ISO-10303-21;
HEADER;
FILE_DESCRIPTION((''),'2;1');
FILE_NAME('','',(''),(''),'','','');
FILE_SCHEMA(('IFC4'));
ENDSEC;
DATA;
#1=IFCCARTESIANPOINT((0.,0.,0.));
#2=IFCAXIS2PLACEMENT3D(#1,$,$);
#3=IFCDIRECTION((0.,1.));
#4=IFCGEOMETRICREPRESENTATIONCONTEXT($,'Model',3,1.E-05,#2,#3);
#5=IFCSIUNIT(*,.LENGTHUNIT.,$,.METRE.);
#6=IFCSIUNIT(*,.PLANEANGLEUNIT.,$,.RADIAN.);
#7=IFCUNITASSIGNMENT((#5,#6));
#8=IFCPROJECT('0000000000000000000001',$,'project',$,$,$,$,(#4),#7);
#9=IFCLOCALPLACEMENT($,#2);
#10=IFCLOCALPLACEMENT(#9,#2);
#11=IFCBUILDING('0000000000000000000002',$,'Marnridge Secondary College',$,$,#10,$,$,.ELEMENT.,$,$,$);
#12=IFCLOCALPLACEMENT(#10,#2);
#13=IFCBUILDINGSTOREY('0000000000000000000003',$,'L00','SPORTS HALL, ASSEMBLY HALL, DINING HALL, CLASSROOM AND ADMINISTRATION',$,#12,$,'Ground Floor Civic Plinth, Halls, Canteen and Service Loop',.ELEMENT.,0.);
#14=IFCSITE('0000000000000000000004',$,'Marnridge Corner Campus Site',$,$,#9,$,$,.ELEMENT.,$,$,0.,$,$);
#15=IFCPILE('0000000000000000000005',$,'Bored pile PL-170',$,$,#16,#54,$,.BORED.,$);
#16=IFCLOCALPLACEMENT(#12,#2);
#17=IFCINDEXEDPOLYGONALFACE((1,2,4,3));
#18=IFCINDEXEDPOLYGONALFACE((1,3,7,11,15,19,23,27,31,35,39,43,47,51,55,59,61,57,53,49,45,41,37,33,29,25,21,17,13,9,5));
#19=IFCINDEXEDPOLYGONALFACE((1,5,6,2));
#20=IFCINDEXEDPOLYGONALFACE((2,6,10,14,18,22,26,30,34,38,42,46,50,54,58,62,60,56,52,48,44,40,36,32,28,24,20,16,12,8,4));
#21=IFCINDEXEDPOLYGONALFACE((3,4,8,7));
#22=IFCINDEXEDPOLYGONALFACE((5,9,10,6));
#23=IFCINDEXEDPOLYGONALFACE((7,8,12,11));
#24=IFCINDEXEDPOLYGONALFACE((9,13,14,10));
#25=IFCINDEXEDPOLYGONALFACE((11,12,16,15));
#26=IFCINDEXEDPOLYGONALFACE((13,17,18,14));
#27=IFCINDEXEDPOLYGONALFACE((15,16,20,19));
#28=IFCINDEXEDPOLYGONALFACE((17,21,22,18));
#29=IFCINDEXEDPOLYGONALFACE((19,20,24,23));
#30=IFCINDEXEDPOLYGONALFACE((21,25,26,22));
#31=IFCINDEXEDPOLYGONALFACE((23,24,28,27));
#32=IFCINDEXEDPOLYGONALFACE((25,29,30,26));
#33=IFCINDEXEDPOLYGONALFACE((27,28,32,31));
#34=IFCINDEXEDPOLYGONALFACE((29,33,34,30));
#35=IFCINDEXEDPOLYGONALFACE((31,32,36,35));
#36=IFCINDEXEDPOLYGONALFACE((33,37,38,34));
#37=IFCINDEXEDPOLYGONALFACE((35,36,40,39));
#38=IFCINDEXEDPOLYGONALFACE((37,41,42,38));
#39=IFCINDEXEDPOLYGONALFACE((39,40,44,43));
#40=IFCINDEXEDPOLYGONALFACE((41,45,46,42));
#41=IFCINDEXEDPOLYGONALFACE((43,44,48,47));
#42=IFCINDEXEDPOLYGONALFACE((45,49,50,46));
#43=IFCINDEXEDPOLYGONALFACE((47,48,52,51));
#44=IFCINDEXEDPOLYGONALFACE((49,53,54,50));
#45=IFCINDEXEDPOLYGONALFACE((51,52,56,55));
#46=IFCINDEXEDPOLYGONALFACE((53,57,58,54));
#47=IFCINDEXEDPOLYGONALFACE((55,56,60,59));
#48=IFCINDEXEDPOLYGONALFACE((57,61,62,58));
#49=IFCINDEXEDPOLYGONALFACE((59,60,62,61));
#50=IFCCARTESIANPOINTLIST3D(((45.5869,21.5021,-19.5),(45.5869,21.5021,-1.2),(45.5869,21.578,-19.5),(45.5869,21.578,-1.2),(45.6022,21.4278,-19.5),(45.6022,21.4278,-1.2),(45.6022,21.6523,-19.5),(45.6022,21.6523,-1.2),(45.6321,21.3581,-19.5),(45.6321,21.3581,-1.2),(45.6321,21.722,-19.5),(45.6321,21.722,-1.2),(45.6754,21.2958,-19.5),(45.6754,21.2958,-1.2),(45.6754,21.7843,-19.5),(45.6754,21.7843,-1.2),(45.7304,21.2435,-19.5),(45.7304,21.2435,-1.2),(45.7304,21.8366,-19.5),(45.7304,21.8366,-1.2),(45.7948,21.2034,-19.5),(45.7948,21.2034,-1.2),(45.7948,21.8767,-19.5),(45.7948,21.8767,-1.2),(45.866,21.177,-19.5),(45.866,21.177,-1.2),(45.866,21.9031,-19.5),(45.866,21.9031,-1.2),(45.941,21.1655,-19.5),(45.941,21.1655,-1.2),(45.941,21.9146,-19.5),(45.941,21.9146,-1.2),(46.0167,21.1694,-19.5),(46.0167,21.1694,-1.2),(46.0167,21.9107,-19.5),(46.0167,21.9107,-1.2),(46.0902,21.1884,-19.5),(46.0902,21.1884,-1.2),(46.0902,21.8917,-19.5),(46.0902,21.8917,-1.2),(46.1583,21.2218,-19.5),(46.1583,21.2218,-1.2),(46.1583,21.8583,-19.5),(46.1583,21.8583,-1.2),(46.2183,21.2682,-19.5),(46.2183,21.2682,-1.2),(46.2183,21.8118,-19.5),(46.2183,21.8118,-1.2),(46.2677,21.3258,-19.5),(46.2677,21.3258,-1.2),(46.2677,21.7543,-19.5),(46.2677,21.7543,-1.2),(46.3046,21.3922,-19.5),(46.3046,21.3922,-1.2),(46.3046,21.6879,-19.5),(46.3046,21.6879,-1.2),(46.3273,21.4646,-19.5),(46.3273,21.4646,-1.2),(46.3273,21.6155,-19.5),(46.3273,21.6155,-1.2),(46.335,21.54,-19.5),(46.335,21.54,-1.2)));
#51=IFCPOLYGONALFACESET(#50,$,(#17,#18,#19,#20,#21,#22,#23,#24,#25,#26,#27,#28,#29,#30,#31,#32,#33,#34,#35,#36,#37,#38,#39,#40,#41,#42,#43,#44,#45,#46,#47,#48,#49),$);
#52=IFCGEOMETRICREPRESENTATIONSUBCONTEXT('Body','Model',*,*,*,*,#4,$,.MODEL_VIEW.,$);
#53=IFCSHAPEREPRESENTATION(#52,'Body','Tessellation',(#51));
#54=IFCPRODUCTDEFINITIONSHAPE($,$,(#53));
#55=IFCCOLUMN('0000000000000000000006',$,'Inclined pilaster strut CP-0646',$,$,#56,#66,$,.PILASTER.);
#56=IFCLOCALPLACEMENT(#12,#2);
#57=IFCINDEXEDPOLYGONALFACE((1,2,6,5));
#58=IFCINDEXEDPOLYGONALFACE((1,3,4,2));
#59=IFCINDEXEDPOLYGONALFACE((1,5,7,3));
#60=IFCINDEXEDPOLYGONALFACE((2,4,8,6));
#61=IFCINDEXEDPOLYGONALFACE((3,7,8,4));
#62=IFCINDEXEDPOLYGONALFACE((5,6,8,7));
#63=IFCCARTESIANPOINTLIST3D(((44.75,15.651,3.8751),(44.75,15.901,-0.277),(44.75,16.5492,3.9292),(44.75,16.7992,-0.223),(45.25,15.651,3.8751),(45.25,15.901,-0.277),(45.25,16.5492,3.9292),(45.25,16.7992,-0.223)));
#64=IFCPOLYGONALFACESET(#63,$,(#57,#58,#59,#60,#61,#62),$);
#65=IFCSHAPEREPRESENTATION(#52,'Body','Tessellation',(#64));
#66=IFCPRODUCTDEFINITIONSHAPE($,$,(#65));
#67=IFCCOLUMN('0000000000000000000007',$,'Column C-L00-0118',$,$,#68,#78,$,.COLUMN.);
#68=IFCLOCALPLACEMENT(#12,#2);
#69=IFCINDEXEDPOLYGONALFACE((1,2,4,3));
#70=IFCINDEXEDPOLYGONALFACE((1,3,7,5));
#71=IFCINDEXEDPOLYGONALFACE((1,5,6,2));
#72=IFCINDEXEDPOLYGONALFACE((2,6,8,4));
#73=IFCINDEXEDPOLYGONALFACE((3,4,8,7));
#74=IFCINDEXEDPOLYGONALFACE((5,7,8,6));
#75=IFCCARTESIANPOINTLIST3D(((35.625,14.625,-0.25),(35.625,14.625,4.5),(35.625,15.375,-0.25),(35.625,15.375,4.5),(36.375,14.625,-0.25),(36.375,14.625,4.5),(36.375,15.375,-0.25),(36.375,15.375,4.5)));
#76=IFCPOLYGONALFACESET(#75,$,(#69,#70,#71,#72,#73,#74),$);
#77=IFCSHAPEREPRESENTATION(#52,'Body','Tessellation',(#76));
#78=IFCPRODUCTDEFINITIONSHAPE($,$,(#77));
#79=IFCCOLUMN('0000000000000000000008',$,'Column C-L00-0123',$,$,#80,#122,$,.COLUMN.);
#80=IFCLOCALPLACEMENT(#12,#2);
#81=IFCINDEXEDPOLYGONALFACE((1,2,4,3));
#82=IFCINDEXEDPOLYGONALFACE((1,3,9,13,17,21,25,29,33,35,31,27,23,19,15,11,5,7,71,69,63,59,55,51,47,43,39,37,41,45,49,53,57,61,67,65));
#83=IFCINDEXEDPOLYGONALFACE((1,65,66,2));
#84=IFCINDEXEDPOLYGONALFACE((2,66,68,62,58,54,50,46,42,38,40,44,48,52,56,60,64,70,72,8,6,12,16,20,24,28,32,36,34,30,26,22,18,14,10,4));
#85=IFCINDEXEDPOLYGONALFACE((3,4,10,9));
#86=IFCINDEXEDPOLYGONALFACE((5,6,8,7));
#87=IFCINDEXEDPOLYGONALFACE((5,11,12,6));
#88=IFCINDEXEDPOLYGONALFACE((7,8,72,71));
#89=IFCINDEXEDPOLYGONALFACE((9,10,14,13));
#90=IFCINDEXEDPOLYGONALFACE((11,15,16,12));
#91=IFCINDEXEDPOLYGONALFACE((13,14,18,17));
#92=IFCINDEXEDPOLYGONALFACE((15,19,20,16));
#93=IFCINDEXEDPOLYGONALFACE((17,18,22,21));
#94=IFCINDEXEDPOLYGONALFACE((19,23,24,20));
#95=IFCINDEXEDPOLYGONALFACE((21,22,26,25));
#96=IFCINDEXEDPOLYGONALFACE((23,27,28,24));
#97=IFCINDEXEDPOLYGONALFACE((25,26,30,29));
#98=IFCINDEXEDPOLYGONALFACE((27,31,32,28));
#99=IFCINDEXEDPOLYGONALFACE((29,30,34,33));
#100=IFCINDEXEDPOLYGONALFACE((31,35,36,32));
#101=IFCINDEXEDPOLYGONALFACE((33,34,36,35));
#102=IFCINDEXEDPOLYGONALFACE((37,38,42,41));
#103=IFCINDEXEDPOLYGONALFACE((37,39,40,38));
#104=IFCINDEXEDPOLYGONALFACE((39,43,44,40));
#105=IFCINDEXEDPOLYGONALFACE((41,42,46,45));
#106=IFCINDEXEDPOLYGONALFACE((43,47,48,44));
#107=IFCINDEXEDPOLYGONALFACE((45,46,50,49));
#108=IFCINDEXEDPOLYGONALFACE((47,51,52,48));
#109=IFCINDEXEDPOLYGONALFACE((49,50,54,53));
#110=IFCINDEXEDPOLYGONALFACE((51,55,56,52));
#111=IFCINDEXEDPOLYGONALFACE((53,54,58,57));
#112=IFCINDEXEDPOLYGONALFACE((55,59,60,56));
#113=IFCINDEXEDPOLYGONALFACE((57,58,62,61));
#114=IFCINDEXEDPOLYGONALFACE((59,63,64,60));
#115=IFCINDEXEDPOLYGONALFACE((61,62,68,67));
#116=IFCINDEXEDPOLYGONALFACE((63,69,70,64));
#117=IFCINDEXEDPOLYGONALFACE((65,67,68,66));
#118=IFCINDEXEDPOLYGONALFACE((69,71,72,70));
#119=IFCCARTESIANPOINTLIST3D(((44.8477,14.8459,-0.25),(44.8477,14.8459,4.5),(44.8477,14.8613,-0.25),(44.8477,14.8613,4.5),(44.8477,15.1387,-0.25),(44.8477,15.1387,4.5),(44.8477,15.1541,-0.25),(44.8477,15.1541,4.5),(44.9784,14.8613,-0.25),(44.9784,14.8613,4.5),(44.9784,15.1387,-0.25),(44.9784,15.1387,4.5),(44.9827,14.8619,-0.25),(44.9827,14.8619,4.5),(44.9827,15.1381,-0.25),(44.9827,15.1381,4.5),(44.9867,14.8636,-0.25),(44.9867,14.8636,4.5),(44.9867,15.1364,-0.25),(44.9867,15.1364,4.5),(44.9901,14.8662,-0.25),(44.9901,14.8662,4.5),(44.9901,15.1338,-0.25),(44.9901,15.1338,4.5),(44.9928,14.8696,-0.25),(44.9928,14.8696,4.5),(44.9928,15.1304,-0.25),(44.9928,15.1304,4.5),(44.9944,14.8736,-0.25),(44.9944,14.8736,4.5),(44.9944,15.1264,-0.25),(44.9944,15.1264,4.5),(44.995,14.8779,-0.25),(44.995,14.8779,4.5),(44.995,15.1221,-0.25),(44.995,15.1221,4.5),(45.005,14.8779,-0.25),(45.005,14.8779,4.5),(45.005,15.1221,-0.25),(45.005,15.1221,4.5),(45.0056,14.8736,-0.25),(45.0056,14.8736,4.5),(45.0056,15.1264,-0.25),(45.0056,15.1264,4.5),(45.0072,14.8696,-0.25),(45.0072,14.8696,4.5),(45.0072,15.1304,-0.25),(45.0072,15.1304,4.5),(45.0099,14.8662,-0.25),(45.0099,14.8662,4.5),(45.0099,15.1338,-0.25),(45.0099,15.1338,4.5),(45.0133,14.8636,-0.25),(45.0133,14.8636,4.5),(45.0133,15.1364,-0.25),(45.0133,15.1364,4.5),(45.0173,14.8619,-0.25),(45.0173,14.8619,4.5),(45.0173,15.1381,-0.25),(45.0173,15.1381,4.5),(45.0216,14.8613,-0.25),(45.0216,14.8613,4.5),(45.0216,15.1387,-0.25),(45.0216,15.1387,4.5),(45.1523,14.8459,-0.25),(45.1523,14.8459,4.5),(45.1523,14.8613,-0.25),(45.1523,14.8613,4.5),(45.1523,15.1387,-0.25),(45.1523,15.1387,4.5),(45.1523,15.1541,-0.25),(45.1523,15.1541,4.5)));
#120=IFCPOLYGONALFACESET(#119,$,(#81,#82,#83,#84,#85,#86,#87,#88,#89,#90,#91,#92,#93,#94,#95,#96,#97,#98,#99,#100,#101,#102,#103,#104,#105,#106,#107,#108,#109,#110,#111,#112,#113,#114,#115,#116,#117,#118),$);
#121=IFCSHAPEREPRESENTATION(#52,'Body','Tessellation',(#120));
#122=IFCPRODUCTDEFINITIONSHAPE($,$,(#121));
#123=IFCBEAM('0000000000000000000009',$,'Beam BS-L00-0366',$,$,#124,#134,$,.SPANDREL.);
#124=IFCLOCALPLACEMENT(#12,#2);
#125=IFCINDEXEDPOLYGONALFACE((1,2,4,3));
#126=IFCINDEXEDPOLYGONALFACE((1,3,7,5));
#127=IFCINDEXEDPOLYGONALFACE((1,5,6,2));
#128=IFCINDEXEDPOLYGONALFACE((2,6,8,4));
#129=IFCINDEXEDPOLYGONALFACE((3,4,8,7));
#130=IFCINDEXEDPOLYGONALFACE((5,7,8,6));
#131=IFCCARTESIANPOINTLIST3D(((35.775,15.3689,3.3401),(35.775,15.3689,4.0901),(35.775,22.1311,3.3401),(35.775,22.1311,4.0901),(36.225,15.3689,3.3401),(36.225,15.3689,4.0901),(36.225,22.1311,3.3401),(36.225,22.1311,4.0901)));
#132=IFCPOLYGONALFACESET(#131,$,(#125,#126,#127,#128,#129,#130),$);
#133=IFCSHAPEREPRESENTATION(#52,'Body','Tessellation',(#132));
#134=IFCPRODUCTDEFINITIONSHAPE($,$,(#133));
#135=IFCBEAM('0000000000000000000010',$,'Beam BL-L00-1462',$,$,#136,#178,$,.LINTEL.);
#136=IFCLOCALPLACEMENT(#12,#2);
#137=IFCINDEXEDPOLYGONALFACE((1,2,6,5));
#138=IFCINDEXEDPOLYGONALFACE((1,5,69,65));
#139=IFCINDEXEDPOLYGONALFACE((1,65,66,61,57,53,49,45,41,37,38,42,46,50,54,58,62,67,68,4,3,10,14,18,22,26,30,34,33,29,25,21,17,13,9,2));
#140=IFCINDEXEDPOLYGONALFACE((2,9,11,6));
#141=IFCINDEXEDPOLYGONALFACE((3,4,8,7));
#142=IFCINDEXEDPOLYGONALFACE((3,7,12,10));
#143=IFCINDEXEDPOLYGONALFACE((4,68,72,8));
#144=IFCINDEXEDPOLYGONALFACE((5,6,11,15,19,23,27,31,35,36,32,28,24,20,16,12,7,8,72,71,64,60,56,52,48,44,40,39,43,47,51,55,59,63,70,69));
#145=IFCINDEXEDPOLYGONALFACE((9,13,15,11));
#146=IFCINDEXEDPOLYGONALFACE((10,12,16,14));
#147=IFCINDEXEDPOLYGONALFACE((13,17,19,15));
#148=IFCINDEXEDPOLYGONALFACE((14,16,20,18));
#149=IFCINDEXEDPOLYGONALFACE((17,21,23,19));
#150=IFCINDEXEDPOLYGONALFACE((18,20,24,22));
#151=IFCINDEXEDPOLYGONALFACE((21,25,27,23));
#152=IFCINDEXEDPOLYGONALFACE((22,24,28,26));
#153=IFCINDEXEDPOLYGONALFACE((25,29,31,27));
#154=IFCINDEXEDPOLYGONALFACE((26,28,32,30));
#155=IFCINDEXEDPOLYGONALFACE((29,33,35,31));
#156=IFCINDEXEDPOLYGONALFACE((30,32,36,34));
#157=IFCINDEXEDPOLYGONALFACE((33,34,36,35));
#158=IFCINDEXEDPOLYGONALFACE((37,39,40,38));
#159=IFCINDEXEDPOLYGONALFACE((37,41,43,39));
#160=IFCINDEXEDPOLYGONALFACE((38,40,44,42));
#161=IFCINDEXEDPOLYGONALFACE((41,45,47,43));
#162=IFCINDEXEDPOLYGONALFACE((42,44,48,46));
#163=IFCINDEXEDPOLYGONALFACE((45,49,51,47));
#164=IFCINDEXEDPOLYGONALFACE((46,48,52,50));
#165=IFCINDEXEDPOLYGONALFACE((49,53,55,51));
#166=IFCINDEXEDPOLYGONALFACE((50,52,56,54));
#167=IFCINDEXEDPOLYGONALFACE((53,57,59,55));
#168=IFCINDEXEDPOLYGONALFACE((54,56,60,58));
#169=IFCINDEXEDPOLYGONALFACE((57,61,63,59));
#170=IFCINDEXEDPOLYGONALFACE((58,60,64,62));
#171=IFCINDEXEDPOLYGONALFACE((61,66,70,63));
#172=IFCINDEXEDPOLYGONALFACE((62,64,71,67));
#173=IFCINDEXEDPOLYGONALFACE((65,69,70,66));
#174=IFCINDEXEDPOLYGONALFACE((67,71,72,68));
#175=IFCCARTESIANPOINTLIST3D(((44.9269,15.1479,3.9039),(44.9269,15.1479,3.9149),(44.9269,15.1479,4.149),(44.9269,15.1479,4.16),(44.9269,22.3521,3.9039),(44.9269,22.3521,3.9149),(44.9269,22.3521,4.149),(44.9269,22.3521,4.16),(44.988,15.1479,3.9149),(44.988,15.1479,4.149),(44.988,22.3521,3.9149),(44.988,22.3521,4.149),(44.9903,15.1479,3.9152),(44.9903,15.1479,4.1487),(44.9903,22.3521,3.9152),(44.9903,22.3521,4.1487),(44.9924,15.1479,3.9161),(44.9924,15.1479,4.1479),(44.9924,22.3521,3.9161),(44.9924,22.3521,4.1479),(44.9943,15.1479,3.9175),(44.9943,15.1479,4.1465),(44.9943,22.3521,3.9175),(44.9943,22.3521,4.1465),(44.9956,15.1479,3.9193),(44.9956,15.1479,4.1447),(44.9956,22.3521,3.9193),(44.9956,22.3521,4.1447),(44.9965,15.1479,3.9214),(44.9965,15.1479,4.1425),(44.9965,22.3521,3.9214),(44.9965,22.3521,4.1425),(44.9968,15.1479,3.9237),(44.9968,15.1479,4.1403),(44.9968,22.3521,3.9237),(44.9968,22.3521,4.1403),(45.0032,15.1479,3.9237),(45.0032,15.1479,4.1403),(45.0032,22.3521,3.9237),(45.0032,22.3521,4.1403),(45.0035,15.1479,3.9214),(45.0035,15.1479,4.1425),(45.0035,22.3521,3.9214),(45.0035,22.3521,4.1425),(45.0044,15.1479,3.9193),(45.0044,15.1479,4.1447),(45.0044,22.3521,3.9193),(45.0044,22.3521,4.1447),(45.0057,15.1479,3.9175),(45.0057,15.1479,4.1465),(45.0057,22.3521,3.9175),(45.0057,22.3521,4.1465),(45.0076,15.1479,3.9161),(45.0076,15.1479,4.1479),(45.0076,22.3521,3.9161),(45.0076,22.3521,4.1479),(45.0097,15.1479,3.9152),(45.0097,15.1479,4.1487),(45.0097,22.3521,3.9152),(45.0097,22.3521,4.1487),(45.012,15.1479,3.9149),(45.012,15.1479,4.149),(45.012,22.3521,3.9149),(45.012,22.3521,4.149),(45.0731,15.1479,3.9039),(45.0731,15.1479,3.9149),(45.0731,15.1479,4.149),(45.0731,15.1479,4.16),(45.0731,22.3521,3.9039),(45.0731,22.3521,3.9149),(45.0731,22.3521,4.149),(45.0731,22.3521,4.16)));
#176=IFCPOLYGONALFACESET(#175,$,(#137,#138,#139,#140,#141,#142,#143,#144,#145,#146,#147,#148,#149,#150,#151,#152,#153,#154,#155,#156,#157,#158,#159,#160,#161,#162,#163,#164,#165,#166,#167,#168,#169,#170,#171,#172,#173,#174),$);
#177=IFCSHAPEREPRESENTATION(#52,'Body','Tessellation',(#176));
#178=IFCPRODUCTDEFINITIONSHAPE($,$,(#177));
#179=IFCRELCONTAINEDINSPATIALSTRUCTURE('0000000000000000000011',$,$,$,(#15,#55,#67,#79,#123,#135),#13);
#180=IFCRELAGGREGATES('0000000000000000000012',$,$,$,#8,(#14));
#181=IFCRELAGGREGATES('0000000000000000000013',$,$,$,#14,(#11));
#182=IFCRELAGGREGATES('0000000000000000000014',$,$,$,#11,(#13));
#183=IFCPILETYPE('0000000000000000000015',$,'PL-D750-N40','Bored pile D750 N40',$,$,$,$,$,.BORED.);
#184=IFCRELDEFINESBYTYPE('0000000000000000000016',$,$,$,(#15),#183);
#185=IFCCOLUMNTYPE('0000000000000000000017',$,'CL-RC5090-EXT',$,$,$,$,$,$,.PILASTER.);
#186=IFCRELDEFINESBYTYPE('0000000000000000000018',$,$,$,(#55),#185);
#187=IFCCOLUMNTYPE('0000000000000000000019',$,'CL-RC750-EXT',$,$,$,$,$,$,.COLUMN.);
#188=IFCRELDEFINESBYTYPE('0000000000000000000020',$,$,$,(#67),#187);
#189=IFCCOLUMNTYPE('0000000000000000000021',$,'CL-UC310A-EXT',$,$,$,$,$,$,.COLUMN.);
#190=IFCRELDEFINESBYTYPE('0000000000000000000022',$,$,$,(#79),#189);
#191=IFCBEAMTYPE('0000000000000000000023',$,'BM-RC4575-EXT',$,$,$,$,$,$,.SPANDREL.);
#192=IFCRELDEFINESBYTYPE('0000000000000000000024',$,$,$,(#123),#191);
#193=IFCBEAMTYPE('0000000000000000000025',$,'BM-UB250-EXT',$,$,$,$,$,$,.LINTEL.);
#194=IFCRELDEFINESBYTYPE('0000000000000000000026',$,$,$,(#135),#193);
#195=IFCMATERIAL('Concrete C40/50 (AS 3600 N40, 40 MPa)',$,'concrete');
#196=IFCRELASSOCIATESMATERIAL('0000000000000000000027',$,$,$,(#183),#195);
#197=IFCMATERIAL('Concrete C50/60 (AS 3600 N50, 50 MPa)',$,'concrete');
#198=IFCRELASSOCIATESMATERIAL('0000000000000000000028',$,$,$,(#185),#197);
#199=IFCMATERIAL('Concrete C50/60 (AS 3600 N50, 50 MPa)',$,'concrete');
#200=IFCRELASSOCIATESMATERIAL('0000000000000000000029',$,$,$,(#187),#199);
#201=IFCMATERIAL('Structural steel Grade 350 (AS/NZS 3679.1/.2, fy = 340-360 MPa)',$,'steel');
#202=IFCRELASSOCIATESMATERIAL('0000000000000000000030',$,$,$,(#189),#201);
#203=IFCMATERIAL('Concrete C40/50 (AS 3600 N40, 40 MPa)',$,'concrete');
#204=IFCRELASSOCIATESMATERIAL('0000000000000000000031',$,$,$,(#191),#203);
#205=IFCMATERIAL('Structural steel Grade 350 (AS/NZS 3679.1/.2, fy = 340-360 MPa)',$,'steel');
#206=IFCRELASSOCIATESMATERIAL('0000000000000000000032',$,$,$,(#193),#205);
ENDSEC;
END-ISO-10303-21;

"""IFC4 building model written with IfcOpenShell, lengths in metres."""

from ifc_helpers import new_model, si_unit, direction, frame, origin, origin_2d, place, context, subcontext, project, spatial, rectangle, circle, i_section, extrude, material, material_profile, profile_set, type_object, element, save


model = new_model("IFC4")

# Units and contexts
model_context = context("Model", 3, precision=1e-05, world=origin(), true_north=direction((0.0, 1.0)))
body_context = subcontext(model_context, "Body", "Model", "MODEL_VIEW")
ifc_project = project(units=[si_unit("LENGTHUNIT", "METRE"), si_unit("PLANEANGLEUNIT", "RADIAN")], contexts=[model_context])

# Site, building, storey
site_placement = place(None, origin())
site = spatial("IfcSite", under=ifc_project, at=site_placement, Name="Marnridge Corner Campus Site", CompositionType="ELEMENT", RefElevation=0.0)
building_placement = place(site_placement, origin())
building = spatial("IfcBuilding", under=site, at=building_placement, Name="Marnridge Secondary College", CompositionType="ELEMENT")
storey_placement = place(building_placement, origin())
storey = spatial("IfcBuildingStorey", under=building, at=storey_placement, Name="L00", Description="SPORTS HALL, ASSEMBLY HALL, DINING HALL, CLASSROOM AND ADMINISTRATION", LongName="Ground Floor Civic Plinth, Halls, Canteen and Service Loop", CompositionType="ELEMENT", Elevation=0.0)

# Pile
ifc_material_1 = material(Name="Concrete C40/50 (AS 3600 N40, 40 MPa)", Category="concrete")
ifc_material_profile_1 = material_profile(ifc_material_1, circle(Radius=0.375, at=origin_2d()), Name="PILE D750")
ifc_profile_set_1 = profile_set([ifc_material_profile_1], Name="Concrete C40/50 (AS 3600 N40, 40 MPa)")
pile_type = type_object("IfcPileType", Name="PL-D750-N40", Description="Bored pile D750 N40", PredefinedType="BORED", material=ifc_profile_set_1)
for number, where, z_axis, x_axis, name in (
    (1, (45.96, 21.54, -1.2), (0.0, 0.0, -1.0), (1.0, 0.0, 0.0), "Bored pile PL-170"),
):
    element("IfcPile", number, at=place(storey_placement, frame(where, z_axis=z_axis, x_axis=x_axis)), inside=storey, type_object=pile_type, Name=name, PredefinedType="BORED", context=body_context, shape_type="SweptSolid", body=[
        extrude(circle(Radius=0.375, at=origin_2d()), origin(), (0.0, 0.0, 1.0), 18.3),
    ])

# Columns
ifc_material_2 = material(Name="Concrete C50/60 (AS 3600 N50, 50 MPa)", Category="concrete")
ifc_material_profile_2 = material_profile(ifc_material_2, rectangle(XDim=0.5, YDim=0.8999, at=origin_2d()), Name="RC 500x900")
ifc_profile_set_2 = profile_set([ifc_material_profile_2], Name="Concrete C50/60 (AS 3600 N50, 50 MPa)")
column_type_1 = type_object("IfcColumnType", Name="CL-RC5090-EXT", PredefinedType="PILASTER", material=ifc_profile_set_2)
column_1_placement = place(storey_placement, frame((45.0, 16.3501, -0.25), z_axis=(0.0, -0.060102, 0.998192), x_axis=(1.0, 0.0, 0.0)))
element("IfcColumn", 2, at=column_1_placement, inside=storey, type_object=column_type_1, Name="Inclined pilaster strut CP-0646", PredefinedType="PILASTER", context=body_context, shape_type="SweptSolid", body=[
    extrude(rectangle(XDim=0.5, YDim=0.8999, at=origin_2d()), origin(), (0.0, 0.0, 1.0), 4.1597),
])
ifc_material_3 = material(Name="Concrete C50/60 (AS 3600 N50, 50 MPa)", Category="concrete")
ifc_material_profile_3 = material_profile(ifc_material_3, rectangle(XDim=0.75, YDim=0.75, at=origin_2d()), Name="RC 750x750")
ifc_profile_set_3 = profile_set([ifc_material_profile_3], Name="Concrete C50/60 (AS 3600 N50, 50 MPa)")
column_type_2 = type_object("IfcColumnType", Name="CL-RC750-EXT", PredefinedType="COLUMN", material=ifc_profile_set_3)
column_2_placement = place(storey_placement, frame((36.0, 15.0, -0.25), z_axis=(0.0, 0.0, 1.0), x_axis=(1.0, 0.0, 0.0)))
element("IfcColumn", 3, at=column_2_placement, inside=storey, type_object=column_type_2, Name="Column C-L00-0118", PredefinedType="COLUMN", context=body_context, shape_type="SweptSolid", body=[
    extrude(rectangle(XDim=0.75, YDim=0.75, at=origin_2d()), origin(), (0.0, 0.0, 1.0), 4.75),
])
ifc_material_4 = material(Name="Structural steel Grade 350 (AS/NZS 3679.1/.2, fy = 340-360 MPa)", Category="steel")
ifc_material_profile_4 = material_profile(ifc_material_4, i_section(OverallWidth=0.3047, OverallDepth=0.3081, WebThickness=0.01, FlangeThickness=0.0154, FilletRadius=0.0166, at=origin_2d()), Name="310UC96.8")
ifc_profile_set_4 = profile_set([ifc_material_profile_4], Name="Structural steel Grade 350 (AS/NZS 3679.1/.2, fy = 340-360 MPa)")
column_type_3 = type_object("IfcColumnType", Name="CL-UC310A-EXT", PredefinedType="COLUMN", material=ifc_profile_set_4)
column_3_placement = place(storey_placement, frame((45.0, 15.0, -0.25), z_axis=(0.0, 0.0, 1.0), x_axis=(1.0, 0.0, 0.0)))
element("IfcColumn", 4, at=column_3_placement, inside=storey, type_object=column_type_3, Name="Column C-L00-0123", PredefinedType="COLUMN", context=body_context, shape_type="SweptSolid", body=[
    extrude(i_section(OverallWidth=0.3047, OverallDepth=0.3081, WebThickness=0.01, FlangeThickness=0.0154, FilletRadius=0.0166, at=origin_2d()), origin(), (0.0, 0.0, 1.0), 4.75),
])

# Beams
ifc_material_5 = material(Name="Concrete C40/50 (AS 3600 N40, 40 MPa)", Category="concrete")
ifc_material_profile_5 = material_profile(ifc_material_5, rectangle(XDim=0.45, YDim=0.75, at=origin_2d()), Name="RC 450x750")
ifc_profile_set_5 = profile_set([ifc_material_profile_5], Name="Concrete C40/50 (AS 3600 N40, 40 MPa)")
beam_type_1 = type_object("IfcBeamType", Name="BM-RC4575-EXT", PredefinedType="SPANDREL", material=ifc_profile_set_5)
beam_1_placement = place(storey_placement, frame((36.0, 15.3689, 3.7151), z_axis=(0.0, 1.0, 0.0), x_axis=(-1.0, 0.0, 0.0)))
element("IfcBeam", 5, at=beam_1_placement, inside=storey, type_object=beam_type_1, Name="Beam BS-L00-0366", PredefinedType="SPANDREL", context=body_context, shape_type="SweptSolid", body=[
    extrude(rectangle(XDim=0.45, YDim=0.75, at=origin_2d()), origin(), (0.0, 0.0, 1.0), 6.7622),
])
ifc_material_6 = material(Name="Structural steel Grade 350 (AS/NZS 3679.1/.2, fy = 340-360 MPa)", Category="steel")
ifc_material_profile_6 = material_profile(ifc_material_6, i_section(OverallWidth=0.1462, OverallDepth=0.2561, WebThickness=0.0063, FlangeThickness=0.011, FilletRadius=0.0088, at=origin_2d()), Name="250UB37.3")
ifc_profile_set_6 = profile_set([ifc_material_profile_6], Name="Structural steel Grade 350 (AS/NZS 3679.1/.2, fy = 340-360 MPa)")
beam_type_2 = type_object("IfcBeamType", Name="BM-UB250-EXT", PredefinedType="LINTEL", material=ifc_profile_set_6)
beam_2_placement = place(storey_placement, frame((45.0, 15.1479, 4.032), z_axis=(0.0, 1.0, 0.0), x_axis=(-1.0, 0.0, 0.0)))
element("IfcBeam", 6, at=beam_2_placement, inside=storey, type_object=beam_type_2, Name="Beam BL-L00-1462", PredefinedType="LINTEL", context=body_context, shape_type="SweptSolid", body=[
    extrude(i_section(OverallWidth=0.1462, OverallDepth=0.2561, WebThickness=0.0063, FlangeThickness=0.011, FilletRadius=0.0088, at=origin_2d()), origin(), (0.0, 0.0, 1.0), 7.2041),
])

save(model, "model.ifc")
